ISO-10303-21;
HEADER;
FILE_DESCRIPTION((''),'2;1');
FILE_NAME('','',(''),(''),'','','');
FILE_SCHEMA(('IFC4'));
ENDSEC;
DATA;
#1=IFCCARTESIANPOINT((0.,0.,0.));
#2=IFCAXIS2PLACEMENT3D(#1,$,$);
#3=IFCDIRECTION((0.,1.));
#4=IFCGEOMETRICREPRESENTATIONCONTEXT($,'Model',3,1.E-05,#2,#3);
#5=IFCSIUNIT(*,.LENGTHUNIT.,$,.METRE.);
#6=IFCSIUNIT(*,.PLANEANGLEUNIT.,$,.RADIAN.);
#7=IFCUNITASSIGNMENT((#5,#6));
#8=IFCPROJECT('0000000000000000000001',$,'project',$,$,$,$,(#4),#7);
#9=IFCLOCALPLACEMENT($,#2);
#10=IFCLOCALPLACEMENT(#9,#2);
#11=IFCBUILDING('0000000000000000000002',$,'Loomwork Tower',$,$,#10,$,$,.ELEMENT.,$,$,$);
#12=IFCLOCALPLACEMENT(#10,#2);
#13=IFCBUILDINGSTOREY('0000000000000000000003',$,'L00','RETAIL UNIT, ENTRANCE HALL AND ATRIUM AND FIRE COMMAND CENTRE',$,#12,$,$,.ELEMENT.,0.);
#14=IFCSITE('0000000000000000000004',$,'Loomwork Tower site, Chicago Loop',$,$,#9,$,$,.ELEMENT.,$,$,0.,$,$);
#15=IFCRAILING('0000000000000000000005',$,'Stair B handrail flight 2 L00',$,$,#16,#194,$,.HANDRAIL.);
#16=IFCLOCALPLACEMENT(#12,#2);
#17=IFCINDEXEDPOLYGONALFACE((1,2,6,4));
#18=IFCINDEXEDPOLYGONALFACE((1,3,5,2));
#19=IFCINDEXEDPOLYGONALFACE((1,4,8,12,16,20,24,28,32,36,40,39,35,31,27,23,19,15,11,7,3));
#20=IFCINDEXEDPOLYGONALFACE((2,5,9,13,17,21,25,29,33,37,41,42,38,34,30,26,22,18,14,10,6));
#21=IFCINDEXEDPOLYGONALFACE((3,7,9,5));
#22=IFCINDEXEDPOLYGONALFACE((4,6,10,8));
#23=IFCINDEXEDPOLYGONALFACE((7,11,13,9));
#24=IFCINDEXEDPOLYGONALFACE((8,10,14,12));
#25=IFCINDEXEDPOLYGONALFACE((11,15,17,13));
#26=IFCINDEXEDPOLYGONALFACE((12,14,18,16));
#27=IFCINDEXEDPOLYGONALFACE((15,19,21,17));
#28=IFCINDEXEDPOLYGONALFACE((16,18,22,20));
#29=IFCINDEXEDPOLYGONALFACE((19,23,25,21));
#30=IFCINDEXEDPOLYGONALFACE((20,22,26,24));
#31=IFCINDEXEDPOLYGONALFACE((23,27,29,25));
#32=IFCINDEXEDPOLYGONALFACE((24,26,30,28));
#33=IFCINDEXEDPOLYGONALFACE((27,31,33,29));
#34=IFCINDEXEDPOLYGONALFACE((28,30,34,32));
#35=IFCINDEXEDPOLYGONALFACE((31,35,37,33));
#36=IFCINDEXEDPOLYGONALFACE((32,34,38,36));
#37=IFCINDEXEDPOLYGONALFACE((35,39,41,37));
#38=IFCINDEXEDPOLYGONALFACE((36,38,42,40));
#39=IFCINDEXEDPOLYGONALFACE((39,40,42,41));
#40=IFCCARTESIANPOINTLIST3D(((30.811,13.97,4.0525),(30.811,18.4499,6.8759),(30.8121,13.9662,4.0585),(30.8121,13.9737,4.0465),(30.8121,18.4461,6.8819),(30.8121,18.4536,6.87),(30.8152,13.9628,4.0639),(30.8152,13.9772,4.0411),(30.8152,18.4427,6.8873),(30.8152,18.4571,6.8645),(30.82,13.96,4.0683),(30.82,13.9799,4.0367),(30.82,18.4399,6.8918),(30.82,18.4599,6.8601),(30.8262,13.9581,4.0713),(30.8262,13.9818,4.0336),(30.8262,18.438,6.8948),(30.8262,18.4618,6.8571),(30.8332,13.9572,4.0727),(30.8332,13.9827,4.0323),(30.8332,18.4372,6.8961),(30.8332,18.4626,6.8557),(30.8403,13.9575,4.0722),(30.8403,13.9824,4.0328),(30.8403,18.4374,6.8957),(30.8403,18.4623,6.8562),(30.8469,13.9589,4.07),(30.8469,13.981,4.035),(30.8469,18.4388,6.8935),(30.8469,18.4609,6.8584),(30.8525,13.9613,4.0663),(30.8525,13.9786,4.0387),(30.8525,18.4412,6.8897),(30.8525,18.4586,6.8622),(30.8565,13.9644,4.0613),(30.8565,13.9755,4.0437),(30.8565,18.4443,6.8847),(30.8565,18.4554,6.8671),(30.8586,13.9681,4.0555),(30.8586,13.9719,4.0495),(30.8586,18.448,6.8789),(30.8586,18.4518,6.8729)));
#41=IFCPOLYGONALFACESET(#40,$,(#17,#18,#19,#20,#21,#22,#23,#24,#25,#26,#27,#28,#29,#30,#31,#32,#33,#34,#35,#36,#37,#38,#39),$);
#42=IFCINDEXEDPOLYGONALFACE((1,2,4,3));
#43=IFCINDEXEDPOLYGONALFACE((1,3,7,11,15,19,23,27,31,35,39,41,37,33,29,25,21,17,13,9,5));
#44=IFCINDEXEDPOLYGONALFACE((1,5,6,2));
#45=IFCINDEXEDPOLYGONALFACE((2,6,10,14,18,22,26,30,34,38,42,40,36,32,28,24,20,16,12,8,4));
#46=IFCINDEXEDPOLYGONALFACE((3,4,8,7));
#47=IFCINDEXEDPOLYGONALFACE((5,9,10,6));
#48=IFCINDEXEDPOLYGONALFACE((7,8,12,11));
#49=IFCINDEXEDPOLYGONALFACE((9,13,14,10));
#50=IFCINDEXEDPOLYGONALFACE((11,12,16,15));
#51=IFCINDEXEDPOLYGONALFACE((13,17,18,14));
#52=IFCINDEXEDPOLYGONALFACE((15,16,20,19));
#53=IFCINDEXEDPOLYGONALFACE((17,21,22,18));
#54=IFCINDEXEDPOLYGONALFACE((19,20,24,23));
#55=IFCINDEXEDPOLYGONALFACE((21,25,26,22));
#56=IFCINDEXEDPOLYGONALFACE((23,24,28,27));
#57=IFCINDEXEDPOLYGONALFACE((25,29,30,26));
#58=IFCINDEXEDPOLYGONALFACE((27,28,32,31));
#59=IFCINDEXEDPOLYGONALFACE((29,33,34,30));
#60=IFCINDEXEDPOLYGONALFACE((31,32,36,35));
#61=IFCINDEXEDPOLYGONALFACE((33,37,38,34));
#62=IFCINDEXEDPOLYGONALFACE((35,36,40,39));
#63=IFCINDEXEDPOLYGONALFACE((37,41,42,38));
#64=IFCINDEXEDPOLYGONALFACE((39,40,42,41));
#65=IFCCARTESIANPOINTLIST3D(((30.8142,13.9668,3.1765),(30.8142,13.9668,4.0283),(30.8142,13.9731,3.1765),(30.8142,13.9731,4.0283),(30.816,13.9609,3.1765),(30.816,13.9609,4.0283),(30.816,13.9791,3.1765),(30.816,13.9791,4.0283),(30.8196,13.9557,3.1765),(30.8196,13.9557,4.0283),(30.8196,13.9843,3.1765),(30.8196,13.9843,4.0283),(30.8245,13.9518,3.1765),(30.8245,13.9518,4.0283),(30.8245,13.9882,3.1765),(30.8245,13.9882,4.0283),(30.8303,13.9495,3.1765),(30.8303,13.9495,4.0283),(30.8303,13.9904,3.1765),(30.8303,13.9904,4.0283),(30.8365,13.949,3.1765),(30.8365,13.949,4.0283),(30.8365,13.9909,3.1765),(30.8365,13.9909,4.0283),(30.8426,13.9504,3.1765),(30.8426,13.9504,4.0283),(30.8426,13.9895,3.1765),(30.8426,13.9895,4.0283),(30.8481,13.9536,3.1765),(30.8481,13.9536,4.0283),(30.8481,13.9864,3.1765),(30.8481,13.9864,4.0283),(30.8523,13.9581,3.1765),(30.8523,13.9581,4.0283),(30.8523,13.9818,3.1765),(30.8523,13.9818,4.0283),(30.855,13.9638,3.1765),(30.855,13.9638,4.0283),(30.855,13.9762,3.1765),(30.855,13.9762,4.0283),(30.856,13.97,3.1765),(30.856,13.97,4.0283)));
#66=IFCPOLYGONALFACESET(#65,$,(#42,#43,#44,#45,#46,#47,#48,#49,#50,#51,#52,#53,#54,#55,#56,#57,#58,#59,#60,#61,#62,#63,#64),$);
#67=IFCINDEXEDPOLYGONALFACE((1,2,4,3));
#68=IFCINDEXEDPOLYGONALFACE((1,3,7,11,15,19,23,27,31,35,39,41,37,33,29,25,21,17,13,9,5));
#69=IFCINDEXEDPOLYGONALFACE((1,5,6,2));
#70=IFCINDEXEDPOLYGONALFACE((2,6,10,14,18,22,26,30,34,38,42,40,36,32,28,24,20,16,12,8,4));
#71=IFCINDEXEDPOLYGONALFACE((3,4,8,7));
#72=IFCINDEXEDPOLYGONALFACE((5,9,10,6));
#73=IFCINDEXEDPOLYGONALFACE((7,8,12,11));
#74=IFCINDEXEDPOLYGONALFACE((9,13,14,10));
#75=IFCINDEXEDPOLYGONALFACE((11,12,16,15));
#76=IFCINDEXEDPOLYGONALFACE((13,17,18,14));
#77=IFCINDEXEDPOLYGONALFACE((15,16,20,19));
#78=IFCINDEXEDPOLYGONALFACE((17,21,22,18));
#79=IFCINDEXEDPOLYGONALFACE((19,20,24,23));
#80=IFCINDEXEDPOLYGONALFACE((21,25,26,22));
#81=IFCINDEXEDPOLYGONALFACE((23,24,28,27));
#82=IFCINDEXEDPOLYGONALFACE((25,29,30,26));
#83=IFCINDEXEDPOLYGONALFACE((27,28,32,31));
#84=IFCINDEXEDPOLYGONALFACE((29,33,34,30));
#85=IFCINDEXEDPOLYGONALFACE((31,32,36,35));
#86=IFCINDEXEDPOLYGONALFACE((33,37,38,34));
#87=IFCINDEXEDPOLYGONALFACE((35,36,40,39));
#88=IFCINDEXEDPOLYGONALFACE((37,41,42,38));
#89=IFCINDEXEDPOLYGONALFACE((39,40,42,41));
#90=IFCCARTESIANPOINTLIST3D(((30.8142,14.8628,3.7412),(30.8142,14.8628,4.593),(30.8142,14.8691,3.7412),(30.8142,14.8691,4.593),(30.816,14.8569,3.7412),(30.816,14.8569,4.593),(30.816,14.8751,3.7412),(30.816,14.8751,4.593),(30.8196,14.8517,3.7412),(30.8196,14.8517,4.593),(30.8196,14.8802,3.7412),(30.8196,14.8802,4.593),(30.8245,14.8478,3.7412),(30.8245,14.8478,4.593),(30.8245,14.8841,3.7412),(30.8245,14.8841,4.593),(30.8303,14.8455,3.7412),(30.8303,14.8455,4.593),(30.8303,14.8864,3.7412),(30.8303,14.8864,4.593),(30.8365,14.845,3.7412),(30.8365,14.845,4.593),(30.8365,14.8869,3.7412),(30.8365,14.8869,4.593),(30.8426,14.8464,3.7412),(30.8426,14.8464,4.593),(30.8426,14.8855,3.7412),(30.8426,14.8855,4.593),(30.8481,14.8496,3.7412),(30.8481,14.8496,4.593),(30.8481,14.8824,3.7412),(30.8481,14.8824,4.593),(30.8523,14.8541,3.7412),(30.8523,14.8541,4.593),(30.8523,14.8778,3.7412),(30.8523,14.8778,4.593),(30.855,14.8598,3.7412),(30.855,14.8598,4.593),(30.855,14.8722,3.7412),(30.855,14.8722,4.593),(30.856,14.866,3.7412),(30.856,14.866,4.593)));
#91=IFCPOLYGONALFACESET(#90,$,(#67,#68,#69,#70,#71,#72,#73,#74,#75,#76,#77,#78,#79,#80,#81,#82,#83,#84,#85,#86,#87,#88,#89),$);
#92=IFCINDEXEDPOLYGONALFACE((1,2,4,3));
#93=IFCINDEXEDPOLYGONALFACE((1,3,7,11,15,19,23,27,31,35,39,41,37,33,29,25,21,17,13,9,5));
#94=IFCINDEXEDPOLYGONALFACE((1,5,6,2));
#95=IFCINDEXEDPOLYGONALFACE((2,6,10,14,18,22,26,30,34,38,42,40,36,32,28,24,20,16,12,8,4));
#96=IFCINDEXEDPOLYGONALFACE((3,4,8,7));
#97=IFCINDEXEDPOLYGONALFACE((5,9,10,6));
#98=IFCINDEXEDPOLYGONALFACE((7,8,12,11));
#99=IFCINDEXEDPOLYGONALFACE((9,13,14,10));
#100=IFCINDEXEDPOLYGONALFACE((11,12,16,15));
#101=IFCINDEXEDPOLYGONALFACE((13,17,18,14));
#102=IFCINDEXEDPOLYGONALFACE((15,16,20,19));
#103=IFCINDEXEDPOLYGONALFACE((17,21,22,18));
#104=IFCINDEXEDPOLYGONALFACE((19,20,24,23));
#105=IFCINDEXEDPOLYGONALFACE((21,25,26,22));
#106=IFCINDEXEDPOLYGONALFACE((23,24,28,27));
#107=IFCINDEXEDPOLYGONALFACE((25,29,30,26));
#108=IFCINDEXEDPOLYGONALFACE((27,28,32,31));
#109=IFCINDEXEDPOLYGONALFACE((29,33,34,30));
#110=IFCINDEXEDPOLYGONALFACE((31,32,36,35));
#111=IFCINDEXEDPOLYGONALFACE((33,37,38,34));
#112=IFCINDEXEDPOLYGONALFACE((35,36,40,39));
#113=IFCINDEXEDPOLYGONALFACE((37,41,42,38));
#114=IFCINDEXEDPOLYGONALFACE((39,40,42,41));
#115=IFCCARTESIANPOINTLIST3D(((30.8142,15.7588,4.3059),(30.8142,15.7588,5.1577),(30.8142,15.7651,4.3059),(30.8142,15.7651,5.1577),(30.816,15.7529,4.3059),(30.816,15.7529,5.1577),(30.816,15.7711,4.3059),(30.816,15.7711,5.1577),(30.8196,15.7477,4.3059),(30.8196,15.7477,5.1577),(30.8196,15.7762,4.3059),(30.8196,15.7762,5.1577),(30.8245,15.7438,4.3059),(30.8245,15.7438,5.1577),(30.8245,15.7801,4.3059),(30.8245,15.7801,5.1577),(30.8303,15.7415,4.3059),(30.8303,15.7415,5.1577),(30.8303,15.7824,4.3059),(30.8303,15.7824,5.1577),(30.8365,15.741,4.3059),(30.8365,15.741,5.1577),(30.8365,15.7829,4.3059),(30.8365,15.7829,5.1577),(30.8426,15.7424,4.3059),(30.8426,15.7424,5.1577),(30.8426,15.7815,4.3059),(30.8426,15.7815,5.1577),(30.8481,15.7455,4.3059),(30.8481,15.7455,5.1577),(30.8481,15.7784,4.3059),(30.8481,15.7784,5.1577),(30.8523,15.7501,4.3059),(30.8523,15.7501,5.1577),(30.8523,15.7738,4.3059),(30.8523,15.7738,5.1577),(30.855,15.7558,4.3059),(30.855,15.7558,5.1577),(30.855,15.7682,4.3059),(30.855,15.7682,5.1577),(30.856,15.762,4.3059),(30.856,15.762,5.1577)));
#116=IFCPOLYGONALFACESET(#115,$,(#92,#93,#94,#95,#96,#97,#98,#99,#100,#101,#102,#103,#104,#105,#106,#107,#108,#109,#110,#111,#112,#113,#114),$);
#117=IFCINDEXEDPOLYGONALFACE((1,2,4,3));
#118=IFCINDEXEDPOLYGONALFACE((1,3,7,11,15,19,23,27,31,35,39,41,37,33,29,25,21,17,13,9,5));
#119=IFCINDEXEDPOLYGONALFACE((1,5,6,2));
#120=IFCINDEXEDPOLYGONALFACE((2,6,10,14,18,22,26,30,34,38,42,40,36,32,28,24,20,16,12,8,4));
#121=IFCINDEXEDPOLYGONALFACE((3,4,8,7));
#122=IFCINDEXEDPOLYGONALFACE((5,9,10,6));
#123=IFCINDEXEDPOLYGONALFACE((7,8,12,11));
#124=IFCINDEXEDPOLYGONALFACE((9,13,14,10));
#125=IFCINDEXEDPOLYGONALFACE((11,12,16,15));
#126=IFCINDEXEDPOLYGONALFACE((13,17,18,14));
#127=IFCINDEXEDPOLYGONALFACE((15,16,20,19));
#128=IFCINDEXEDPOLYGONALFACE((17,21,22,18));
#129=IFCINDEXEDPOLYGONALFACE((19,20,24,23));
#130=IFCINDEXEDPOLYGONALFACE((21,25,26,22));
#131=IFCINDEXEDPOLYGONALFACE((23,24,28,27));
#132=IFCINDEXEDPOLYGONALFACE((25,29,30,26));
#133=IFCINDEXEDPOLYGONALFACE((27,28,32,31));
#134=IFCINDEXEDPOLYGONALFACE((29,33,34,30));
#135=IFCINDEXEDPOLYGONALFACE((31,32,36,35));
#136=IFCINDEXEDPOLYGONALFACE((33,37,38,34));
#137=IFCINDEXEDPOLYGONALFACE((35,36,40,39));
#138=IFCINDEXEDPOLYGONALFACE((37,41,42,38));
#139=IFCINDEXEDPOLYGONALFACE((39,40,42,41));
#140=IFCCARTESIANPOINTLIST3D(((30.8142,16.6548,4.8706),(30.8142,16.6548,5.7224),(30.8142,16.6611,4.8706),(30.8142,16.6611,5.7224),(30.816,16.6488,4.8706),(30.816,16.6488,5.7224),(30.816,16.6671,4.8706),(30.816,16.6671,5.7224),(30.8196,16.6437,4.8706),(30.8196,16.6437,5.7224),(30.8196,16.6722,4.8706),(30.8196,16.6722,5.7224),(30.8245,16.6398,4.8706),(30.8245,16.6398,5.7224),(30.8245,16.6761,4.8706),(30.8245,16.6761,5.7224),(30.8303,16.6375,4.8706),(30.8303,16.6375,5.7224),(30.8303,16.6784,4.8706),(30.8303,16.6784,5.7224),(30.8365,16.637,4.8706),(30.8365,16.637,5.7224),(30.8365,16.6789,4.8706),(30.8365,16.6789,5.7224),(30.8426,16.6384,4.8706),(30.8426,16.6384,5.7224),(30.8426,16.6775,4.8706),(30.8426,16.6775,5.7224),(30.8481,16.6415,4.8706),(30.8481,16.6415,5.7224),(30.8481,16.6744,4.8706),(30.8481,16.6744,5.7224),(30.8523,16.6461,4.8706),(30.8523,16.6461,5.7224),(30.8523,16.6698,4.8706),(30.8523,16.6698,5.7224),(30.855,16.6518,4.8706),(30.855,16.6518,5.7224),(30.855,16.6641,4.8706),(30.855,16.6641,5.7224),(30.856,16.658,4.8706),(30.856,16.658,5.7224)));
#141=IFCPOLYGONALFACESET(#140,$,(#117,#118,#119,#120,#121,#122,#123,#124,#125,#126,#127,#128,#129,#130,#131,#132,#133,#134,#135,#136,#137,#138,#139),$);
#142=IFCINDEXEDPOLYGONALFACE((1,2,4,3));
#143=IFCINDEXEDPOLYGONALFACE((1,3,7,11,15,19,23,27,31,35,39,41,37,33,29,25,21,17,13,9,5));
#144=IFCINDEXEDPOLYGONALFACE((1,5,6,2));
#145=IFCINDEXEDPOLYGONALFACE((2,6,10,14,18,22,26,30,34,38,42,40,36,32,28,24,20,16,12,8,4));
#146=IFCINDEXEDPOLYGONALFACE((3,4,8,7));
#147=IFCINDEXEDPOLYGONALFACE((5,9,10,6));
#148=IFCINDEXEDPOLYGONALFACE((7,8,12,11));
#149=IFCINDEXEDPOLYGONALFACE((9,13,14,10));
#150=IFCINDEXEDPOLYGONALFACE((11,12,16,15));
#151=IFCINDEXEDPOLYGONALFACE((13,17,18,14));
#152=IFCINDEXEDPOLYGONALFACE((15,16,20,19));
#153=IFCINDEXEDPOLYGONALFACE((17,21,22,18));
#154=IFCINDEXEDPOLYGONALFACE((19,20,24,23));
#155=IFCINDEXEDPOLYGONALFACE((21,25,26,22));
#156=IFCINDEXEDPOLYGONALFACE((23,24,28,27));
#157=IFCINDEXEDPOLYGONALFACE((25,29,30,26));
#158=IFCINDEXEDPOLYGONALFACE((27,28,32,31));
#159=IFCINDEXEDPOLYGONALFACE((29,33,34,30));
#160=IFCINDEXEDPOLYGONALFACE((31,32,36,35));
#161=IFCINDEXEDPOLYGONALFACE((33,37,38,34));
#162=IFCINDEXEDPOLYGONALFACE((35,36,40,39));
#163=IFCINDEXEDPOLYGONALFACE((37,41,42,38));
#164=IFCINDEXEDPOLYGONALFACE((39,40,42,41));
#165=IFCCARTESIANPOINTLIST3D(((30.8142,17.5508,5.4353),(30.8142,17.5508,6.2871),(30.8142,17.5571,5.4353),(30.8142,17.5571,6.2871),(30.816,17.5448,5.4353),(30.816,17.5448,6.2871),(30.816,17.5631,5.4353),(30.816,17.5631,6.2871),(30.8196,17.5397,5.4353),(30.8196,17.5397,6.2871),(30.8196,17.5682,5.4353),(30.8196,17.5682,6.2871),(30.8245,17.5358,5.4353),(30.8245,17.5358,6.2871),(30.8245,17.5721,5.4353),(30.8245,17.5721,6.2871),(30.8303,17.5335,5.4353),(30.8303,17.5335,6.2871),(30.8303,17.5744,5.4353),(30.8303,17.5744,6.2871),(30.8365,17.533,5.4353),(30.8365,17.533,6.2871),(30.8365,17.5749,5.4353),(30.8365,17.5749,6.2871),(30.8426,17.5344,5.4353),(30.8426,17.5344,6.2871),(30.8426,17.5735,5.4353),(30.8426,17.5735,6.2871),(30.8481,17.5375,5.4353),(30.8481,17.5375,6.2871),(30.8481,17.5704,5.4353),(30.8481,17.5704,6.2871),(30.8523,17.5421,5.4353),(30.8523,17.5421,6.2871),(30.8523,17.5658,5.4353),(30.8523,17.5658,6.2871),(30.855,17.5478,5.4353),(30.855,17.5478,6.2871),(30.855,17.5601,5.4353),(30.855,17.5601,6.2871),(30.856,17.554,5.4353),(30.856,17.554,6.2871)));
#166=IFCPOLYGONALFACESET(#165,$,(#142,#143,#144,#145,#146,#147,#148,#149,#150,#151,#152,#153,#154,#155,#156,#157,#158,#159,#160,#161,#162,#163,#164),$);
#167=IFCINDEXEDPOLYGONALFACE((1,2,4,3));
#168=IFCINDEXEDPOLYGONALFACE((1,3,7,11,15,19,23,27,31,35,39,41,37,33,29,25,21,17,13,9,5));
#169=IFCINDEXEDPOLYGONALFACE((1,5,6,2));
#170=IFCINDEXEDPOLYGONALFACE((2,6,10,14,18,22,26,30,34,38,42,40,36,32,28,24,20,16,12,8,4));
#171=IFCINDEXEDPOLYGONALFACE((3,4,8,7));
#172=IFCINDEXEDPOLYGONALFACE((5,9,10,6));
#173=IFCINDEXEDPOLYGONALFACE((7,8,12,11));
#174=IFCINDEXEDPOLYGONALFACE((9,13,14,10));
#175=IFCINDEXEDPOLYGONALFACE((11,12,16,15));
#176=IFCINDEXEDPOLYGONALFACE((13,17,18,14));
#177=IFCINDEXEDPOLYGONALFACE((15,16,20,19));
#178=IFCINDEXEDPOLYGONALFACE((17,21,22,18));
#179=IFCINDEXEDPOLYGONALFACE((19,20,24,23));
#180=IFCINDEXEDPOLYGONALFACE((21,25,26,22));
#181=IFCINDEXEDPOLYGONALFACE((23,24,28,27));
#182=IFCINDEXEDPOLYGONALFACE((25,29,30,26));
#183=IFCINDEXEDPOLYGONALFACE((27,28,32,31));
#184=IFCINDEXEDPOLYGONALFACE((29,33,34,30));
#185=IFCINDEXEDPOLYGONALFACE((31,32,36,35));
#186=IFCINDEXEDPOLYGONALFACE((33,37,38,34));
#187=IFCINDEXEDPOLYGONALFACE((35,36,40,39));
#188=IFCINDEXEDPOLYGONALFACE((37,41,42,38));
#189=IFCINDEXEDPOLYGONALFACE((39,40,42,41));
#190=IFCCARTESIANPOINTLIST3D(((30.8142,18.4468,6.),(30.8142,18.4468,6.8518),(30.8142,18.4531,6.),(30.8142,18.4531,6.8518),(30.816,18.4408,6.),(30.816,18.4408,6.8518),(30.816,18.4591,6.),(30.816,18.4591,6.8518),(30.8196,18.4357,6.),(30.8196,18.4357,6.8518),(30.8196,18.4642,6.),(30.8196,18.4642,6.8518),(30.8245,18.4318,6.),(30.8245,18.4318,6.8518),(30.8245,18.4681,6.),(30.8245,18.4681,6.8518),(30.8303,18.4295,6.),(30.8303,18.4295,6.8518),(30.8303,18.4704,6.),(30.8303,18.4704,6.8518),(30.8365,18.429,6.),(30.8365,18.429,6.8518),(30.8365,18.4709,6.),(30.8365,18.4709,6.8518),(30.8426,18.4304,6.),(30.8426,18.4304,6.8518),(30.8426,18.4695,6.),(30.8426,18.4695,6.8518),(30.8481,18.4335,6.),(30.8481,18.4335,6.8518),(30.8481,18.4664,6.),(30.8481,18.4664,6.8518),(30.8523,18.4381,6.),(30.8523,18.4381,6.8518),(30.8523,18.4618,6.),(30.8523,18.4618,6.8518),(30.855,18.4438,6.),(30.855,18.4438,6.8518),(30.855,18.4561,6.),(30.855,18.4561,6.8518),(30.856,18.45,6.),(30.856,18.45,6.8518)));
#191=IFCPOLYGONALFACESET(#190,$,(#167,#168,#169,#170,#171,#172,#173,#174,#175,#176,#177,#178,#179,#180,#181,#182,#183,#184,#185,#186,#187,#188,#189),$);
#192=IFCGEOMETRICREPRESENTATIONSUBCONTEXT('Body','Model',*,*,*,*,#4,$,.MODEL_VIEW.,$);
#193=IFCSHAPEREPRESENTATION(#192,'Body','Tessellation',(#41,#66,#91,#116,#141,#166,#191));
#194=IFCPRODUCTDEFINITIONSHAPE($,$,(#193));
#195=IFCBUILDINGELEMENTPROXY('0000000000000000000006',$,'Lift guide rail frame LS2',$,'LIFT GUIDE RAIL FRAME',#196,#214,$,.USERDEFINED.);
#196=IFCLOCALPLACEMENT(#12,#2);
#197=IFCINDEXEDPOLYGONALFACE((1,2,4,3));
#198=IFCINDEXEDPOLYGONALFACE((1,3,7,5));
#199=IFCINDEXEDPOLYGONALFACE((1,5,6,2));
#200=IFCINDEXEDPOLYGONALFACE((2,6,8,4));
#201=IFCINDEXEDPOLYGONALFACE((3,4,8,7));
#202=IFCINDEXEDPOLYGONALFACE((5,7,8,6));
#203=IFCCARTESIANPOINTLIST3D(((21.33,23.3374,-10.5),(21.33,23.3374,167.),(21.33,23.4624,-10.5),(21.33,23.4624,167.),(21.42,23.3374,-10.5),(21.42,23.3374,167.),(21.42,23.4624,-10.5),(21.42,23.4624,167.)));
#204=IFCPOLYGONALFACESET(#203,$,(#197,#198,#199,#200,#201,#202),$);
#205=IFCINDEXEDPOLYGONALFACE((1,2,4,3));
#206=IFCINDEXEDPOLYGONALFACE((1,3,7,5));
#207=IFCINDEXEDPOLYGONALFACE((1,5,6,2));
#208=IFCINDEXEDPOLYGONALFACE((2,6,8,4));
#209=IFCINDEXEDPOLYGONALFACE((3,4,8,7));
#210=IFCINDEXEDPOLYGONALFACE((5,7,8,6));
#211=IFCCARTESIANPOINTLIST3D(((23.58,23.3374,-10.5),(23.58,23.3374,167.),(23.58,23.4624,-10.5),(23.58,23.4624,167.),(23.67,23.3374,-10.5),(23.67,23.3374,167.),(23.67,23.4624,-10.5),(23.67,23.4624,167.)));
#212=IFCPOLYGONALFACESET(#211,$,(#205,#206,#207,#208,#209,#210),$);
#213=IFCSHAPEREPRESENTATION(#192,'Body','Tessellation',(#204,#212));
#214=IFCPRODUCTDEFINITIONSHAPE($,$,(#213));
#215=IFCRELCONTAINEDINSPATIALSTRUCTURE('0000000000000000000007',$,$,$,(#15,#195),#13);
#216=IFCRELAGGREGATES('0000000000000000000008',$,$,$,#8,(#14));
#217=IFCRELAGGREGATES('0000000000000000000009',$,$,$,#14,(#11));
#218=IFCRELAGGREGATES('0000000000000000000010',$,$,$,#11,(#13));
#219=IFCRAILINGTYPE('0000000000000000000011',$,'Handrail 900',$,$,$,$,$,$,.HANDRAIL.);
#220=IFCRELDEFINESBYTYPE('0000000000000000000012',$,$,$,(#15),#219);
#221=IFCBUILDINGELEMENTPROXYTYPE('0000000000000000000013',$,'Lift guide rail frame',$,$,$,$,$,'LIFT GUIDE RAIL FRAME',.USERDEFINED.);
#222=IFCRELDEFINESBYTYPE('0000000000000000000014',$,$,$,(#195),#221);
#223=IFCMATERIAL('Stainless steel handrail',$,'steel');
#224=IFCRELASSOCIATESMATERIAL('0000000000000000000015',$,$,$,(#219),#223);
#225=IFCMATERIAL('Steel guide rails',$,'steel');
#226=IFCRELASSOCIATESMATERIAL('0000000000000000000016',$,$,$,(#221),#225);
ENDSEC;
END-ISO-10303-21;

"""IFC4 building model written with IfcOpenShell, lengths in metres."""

from ifc_helpers import new_model, si_unit, direction, frame, frame_2d, origin, origin_2d, place, context, subcontext, project, spatial, rectangle, circle, extrude, material, type_object, element, save


model = new_model("IFC4")

# Units and contexts
model_context = context("Model", 3, precision=1e-05, world=origin(), true_north=direction((0.0, 1.0)))
body_context = subcontext(model_context, "Body", "Model", "MODEL_VIEW")
ifc_project = project(units=[si_unit("LENGTHUNIT", "METRE"), si_unit("PLANEANGLEUNIT", "RADIAN")], contexts=[model_context])

# Site, building, storey
site_placement = place(None, origin())
site = spatial("IfcSite", under=ifc_project, at=site_placement, Name="Loomwork Tower site, Chicago Loop", CompositionType="ELEMENT", RefElevation=0.0)
building_placement = place(site_placement, origin())
building = spatial("IfcBuilding", under=site, at=building_placement, Name="Loomwork Tower", CompositionType="ELEMENT")
storey_placement = place(building_placement, origin())
storey = spatial("IfcBuildingStorey", under=building, at=storey_placement, Name="L00", Description="RETAIL UNIT, ENTRANCE HALL AND ATRIUM AND FIRE COMMAND CENTRE", CompositionType="ELEMENT", Elevation=0.0)

# Railing
ifc_material_1 = material(Name="Stainless steel handrail", Category="steel")
railing_type = type_object("IfcRailingType", Name="Handrail 900", PredefinedType="HANDRAIL", material=ifc_material_1)
railing_1_placement = place(storey_placement, frame((30.835, 13.97, 3.1765)))
element("IfcRailing", 1, at=railing_1_placement, inside=storey, type_object=railing_type, Name="Stair B handrail flight 2 L00", PredefinedType="HANDRAIL", context=body_context, shape_type="SweptSolid", body=[
    extrude(circle(Radius=0.0239, at=origin_2d()), frame((0.0, 0.0, 0.876), z_axis=(0.0, 0.845998, 0.533186), x_axis=(-1.0, 0.0, 0.0)), (0.0, 0.0, 1.0), 5.2954),
    extrude(circle(Radius=0.021, at=origin_2d()), origin(), (0.0, 0.0, 1.0), 0.8518),
    extrude(circle(Radius=0.021, at=origin_2d()), frame((0.0, 0.896, 0.5647)), (0.0, 0.0, 1.0), 0.8518),
    extrude(circle(Radius=0.021, at=origin_2d()), frame((0.0, 1.792, 1.1294)), (0.0, 0.0, 1.0), 0.8518),
    extrude(circle(Radius=0.021, at=origin_2d()), frame((0.0, 2.688, 1.6941)), (0.0, 0.0, 1.0), 0.8518),
    extrude(circle(Radius=0.021, at=origin_2d()), frame((0.0, 3.584, 2.2588)), (0.0, 0.0, 1.0), 0.8518),
    extrude(circle(Radius=0.021, at=origin_2d()), frame((0.0, 4.48, 2.8235)), (0.0, 0.0, 1.0), 0.8518),
])

# Building element proxy
ifc_material_2 = material(Name="Steel guide rails", Category="steel")
building_element_proxy_type = type_object("IfcBuildingElementProxyType", Name="Lift guide rail frame", ElementType="LIFT GUIDE RAIL FRAME", PredefinedType="USERDEFINED", material=ifc_material_2)
proxy_placement = place(storey_placement, frame((22.5, 23.3999, -10.5), z_axis=(0.0, 0.0, 1.0), x_axis=(1.0, 0.0, 0.0)))
element("IfcBuildingElementProxy", 2, at=proxy_placement, inside=storey, type_object=building_element_proxy_type, Name="Lift guide rail frame LS2", ObjectType="LIFT GUIDE RAIL FRAME", PredefinedType="USERDEFINED", context=body_context, shape_type="SweptSolid", body=[
    extrude(rectangle(XDim=0.0901, YDim=0.125, at=frame_2d((-1.125, 0.0))), origin(), (0.0, 0.0, 1.0), 177.5),
    extrude(rectangle(XDim=0.0901, YDim=0.125, at=frame_2d((1.125, 0.0))), origin(), (0.0, 0.0, 1.0), 177.5),
])

save(model, "model.ifc")
